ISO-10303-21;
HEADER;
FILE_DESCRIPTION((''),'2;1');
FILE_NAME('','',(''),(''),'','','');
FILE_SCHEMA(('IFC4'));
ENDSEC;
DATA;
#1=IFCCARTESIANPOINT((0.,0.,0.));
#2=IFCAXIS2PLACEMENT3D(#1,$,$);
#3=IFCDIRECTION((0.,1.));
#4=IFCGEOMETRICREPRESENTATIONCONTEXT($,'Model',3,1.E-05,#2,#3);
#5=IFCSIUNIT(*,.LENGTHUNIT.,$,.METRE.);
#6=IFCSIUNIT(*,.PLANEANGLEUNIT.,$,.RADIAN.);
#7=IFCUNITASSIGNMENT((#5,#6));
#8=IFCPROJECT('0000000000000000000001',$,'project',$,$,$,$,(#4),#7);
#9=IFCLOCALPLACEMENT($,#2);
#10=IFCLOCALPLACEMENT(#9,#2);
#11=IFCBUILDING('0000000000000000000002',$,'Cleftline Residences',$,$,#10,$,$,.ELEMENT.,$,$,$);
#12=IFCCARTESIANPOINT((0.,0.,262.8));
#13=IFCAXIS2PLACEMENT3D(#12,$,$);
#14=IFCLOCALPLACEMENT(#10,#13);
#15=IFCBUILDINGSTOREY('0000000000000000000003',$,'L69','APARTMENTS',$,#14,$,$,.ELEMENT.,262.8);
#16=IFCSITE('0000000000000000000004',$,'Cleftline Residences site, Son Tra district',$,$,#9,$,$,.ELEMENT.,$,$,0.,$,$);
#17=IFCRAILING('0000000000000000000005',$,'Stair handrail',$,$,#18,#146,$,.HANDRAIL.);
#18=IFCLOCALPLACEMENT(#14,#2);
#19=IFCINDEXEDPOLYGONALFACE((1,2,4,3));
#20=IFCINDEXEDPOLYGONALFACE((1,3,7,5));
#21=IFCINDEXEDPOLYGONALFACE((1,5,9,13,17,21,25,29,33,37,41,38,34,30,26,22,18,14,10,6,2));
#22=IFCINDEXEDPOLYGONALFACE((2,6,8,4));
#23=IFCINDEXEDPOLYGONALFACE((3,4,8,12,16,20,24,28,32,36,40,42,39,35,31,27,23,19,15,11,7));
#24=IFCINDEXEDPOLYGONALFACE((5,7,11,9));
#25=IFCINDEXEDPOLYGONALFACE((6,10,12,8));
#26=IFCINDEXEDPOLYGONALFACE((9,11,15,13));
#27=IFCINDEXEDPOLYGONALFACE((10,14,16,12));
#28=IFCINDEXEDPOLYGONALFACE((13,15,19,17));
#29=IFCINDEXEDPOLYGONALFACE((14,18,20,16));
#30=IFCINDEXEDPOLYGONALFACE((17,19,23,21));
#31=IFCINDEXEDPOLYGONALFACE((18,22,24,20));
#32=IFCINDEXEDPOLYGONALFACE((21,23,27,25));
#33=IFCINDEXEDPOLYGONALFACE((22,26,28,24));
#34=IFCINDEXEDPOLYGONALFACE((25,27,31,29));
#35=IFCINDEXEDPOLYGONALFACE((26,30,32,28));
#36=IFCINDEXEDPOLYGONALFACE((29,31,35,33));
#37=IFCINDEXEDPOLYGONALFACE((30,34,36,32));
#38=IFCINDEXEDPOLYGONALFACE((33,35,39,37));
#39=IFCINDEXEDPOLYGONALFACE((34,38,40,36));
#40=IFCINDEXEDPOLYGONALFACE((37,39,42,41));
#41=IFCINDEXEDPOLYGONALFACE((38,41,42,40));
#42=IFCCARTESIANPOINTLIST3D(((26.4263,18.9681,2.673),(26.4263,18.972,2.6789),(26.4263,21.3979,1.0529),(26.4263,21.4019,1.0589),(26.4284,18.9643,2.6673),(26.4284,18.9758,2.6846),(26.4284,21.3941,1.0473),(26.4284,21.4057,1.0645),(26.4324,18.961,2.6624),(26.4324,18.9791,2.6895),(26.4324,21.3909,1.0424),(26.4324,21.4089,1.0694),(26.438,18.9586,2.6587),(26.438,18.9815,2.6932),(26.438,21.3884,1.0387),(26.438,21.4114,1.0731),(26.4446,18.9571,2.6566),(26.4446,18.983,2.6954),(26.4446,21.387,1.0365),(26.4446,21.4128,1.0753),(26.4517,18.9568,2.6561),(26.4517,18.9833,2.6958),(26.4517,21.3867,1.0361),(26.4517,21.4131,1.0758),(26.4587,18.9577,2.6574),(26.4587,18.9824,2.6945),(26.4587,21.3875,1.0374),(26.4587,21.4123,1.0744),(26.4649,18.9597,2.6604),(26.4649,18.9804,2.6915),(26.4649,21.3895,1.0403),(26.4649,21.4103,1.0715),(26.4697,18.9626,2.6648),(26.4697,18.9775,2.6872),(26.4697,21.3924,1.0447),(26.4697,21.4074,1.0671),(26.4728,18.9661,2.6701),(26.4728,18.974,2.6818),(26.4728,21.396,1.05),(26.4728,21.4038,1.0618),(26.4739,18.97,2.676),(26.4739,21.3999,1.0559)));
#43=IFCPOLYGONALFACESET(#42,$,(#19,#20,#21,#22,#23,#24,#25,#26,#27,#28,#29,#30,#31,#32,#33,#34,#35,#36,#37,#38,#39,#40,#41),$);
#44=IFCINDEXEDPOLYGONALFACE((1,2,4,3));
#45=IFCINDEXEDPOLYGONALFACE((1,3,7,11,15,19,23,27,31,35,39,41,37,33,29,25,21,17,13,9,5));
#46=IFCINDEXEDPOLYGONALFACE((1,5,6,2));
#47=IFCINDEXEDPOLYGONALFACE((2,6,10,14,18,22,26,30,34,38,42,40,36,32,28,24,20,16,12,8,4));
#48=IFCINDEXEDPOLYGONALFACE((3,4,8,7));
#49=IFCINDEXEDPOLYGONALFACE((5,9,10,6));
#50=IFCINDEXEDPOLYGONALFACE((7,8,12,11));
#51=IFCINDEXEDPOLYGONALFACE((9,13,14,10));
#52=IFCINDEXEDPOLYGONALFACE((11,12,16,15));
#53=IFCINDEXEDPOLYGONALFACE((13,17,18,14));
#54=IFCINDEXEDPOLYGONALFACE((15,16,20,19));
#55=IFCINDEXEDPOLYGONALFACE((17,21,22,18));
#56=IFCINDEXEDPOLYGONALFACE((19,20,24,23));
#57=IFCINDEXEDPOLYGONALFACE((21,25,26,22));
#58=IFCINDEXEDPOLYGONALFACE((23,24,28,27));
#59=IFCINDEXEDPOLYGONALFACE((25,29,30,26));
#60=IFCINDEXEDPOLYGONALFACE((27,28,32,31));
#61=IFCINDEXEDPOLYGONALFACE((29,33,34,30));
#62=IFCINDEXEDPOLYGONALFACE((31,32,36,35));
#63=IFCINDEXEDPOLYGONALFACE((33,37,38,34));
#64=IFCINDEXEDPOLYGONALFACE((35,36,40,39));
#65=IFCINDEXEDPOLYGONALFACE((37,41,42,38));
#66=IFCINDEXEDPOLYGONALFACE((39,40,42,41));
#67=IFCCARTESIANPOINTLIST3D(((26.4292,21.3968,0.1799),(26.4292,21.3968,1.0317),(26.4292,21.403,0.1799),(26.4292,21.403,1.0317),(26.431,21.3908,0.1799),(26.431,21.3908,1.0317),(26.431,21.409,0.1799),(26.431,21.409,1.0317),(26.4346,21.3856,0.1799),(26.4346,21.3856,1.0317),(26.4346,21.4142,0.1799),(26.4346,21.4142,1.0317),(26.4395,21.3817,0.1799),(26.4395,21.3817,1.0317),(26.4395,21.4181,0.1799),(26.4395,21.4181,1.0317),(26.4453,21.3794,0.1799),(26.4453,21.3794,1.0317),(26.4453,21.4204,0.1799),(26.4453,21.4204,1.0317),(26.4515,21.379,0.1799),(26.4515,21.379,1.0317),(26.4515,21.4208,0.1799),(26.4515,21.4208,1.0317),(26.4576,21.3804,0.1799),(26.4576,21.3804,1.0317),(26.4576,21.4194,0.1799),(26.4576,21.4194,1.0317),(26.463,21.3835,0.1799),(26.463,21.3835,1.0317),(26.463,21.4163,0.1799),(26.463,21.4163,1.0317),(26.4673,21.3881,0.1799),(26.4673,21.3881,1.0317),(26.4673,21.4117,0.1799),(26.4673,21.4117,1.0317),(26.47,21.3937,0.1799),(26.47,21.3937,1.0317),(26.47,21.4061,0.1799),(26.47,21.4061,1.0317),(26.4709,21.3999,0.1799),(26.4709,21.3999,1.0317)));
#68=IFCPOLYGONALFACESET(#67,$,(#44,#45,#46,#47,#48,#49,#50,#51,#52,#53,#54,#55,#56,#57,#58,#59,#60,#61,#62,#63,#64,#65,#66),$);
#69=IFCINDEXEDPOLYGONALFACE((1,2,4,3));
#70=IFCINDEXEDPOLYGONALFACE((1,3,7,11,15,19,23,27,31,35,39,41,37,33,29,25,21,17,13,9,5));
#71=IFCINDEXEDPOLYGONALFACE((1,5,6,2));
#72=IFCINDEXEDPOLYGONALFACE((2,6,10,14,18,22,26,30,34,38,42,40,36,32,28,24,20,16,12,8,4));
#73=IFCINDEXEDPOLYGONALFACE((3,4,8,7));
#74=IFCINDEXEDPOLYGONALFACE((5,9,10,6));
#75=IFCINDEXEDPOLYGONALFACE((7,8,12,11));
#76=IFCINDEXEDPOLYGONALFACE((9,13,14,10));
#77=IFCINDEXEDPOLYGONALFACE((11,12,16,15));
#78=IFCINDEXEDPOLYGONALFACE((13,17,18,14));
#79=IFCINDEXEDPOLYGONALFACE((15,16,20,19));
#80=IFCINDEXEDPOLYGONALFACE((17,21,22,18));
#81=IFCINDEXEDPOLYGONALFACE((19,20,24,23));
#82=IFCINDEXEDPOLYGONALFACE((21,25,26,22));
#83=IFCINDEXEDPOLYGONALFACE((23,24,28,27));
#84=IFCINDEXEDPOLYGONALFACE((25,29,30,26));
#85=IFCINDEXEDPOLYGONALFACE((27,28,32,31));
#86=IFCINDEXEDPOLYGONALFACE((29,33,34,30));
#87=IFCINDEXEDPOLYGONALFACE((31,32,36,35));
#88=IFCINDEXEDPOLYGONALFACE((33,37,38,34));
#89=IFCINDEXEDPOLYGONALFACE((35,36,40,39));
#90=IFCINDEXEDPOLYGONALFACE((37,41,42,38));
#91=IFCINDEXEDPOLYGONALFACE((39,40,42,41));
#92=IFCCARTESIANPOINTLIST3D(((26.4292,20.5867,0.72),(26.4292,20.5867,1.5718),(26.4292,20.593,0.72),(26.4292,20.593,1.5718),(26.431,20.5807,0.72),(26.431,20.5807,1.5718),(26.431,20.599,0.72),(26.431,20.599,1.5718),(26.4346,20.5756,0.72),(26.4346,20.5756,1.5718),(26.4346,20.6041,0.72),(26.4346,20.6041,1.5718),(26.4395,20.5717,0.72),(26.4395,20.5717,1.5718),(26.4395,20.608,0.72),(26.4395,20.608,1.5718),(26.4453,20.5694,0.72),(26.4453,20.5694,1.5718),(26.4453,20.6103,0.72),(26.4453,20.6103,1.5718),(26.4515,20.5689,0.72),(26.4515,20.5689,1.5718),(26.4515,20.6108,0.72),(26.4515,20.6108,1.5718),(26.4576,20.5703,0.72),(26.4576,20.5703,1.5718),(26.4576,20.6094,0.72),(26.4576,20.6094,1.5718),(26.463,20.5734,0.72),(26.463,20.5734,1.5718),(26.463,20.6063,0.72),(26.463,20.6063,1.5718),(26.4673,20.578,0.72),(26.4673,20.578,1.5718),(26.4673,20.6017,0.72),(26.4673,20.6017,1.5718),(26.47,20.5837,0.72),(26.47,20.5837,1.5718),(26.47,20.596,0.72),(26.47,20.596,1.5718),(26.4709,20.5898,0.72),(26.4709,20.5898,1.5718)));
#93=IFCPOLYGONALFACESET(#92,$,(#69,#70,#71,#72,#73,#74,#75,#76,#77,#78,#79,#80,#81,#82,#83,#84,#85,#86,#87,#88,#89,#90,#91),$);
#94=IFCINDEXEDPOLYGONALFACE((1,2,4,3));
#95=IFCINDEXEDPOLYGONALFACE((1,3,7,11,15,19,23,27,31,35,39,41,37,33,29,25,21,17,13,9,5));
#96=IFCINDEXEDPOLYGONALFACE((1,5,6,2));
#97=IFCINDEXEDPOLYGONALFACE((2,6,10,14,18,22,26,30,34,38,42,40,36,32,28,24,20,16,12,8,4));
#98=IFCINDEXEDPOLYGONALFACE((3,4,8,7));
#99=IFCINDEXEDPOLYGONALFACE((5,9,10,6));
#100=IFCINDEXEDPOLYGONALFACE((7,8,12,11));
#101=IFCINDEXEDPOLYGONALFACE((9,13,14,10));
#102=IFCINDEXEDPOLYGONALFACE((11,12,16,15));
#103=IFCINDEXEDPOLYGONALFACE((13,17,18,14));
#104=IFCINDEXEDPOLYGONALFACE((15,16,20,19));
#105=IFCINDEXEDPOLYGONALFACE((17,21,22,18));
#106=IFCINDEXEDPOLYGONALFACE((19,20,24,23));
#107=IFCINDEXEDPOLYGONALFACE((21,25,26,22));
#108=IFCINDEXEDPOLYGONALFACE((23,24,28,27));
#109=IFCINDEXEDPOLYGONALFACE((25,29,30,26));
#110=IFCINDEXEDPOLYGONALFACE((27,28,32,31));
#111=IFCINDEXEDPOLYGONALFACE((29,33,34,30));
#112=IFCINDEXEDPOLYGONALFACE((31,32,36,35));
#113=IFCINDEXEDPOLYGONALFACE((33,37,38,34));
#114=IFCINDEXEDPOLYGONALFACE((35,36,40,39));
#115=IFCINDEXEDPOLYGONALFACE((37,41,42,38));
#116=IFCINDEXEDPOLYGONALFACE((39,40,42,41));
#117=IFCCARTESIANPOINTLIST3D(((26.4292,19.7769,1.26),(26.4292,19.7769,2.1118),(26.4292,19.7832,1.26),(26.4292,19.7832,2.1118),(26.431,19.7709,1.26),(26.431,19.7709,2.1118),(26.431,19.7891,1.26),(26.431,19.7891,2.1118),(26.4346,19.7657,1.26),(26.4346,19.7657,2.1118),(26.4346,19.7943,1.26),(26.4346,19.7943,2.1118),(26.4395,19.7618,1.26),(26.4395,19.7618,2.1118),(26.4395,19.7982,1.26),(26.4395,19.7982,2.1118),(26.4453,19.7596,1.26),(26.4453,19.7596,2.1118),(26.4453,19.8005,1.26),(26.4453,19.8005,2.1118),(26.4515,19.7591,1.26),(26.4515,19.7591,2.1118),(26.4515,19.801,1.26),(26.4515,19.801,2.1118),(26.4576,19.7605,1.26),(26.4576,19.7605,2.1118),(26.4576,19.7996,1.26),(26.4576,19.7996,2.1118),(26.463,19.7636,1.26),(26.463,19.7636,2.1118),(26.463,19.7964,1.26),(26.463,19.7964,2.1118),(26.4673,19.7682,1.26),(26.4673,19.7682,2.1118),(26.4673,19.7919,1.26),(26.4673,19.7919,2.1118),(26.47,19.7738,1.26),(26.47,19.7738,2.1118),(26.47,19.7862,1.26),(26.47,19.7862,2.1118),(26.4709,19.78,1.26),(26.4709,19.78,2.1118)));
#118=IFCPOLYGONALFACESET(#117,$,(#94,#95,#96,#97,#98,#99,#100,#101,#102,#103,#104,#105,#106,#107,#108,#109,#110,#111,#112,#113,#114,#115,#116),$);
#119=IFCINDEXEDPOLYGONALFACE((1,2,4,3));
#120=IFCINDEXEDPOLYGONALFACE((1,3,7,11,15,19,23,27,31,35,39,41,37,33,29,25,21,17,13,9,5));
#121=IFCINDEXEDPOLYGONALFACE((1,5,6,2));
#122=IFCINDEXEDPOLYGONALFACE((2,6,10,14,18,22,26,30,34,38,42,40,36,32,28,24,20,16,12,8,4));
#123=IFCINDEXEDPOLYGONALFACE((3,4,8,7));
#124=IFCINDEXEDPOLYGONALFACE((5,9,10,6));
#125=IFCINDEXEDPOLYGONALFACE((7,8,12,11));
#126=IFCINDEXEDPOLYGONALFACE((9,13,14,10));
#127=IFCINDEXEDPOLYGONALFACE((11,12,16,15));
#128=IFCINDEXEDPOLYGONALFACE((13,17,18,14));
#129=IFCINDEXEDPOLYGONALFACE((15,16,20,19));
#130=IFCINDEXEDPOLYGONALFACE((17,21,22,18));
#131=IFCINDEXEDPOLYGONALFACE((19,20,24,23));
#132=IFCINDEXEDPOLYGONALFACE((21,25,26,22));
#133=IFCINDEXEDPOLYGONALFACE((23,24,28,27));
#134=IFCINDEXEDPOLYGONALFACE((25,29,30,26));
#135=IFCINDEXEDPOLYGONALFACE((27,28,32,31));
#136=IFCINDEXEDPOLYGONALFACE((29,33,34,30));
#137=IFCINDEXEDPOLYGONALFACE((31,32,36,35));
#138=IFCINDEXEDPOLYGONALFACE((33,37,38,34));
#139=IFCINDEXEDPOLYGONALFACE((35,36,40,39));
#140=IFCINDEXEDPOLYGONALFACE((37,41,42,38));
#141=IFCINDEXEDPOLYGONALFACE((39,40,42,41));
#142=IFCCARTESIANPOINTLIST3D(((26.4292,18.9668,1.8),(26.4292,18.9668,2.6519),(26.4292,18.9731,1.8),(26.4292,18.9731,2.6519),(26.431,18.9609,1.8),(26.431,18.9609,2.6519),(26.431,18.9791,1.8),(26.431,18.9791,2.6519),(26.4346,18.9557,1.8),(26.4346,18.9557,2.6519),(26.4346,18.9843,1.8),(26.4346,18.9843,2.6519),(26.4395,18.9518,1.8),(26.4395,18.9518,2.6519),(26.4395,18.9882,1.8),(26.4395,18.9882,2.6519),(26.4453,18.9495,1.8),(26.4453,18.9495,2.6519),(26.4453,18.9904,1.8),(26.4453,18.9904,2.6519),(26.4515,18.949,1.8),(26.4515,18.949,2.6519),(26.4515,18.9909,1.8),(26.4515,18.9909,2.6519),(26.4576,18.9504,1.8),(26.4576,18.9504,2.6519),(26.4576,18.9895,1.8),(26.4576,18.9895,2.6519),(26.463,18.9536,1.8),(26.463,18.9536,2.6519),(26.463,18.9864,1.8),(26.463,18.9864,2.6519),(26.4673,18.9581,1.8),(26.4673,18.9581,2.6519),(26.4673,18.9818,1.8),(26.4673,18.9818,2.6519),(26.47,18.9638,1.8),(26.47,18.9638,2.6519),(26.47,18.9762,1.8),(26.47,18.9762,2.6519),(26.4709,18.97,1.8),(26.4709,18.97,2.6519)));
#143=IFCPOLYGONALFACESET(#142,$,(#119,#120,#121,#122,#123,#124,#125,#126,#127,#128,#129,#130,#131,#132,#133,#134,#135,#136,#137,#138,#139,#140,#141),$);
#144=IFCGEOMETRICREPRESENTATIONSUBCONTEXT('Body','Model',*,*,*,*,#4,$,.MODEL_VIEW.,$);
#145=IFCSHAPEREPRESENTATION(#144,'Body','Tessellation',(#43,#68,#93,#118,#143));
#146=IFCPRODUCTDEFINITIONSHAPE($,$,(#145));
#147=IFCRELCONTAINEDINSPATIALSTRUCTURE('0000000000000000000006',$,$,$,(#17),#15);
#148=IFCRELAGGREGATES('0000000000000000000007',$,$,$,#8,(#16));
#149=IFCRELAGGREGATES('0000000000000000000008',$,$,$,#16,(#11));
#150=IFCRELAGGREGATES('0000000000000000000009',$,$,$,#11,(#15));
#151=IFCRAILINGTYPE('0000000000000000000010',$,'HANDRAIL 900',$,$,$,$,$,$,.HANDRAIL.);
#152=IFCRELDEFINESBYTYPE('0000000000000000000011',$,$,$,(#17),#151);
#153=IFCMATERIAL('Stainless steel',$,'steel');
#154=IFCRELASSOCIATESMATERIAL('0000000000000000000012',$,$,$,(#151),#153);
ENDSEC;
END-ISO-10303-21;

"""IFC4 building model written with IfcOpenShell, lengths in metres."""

from ifc_helpers import new_model, si_unit, direction, frame, origin, origin_2d, place, context, subcontext, project, spatial, circle, extrude, material, type_object, element, save


model = new_model("IFC4")

# Units and contexts
model_context = context("Model", 3, precision=1e-05, world=origin(), true_north=direction((0.0, 1.0)))
body_context = subcontext(model_context, "Body", "Model", "MODEL_VIEW")
ifc_project = project(units=[si_unit("LENGTHUNIT", "METRE"), si_unit("PLANEANGLEUNIT", "RADIAN")], contexts=[model_context])

# Site, building, storey
site_placement = place(None, origin())
site = spatial("IfcSite", under=ifc_project, at=site_placement, Name="Cleftline Residences site, Son Tra district", CompositionType="ELEMENT", RefElevation=0.0)
building_placement = place(site_placement, origin())
building = spatial("IfcBuilding", under=site, at=building_placement, Name="Cleftline Residences", CompositionType="ELEMENT")
storey_placement = place(building_placement, frame((0.0, 0.0, 262.8)))
storey = spatial("IfcBuildingStorey", under=building, at=storey_placement, Name="L69", Description="APARTMENTS", CompositionType="ELEMENT", Elevation=262.8)

# Railing
ifc_material_1 = material(Name="Stainless steel", Category="steel")
railing_type = type_object("IfcRailingType", Name="HANDRAIL 900", PredefinedType="HANDRAIL", material=ifc_material_1)
railing_1_placement = place(storey_placement, frame((26.45, 21.3999, 0.1799)))
element("IfcRailing", 1, at=railing_1_placement, inside=storey, type_object=railing_type, Name="Stair handrail", PredefinedType="HANDRAIL", context=body_context, shape_type="SweptSolid", body=[
    extrude(circle(Radius=0.0239, at=origin_2d()), frame((0.0, 0.0, 0.876), z_axis=(0.0, -0.832025, 0.554739), x_axis=(1.0, 0.0, 0.0)), (0.0, 0.0, 1.0), 2.9204),
    extrude(circle(Radius=0.021, at=origin_2d()), origin(), (0.0, 0.0, 1.0), 0.8518),
    extrude(circle(Radius=0.021, at=origin_2d()), frame((0.0, -0.8101, 0.54)), (0.0, 0.0, 1.0), 0.8518),
    extrude(circle(Radius=0.021, at=origin_2d()), frame((0.0, -1.6199, 1.0801)), (0.0, 0.0, 1.0), 0.8518),
    extrude(circle(Radius=0.021, at=origin_2d()), frame((0.0, -2.4299, 1.6201)), (0.0, 0.0, 1.0), 0.8518),
])

save(model, "model.ifc")
